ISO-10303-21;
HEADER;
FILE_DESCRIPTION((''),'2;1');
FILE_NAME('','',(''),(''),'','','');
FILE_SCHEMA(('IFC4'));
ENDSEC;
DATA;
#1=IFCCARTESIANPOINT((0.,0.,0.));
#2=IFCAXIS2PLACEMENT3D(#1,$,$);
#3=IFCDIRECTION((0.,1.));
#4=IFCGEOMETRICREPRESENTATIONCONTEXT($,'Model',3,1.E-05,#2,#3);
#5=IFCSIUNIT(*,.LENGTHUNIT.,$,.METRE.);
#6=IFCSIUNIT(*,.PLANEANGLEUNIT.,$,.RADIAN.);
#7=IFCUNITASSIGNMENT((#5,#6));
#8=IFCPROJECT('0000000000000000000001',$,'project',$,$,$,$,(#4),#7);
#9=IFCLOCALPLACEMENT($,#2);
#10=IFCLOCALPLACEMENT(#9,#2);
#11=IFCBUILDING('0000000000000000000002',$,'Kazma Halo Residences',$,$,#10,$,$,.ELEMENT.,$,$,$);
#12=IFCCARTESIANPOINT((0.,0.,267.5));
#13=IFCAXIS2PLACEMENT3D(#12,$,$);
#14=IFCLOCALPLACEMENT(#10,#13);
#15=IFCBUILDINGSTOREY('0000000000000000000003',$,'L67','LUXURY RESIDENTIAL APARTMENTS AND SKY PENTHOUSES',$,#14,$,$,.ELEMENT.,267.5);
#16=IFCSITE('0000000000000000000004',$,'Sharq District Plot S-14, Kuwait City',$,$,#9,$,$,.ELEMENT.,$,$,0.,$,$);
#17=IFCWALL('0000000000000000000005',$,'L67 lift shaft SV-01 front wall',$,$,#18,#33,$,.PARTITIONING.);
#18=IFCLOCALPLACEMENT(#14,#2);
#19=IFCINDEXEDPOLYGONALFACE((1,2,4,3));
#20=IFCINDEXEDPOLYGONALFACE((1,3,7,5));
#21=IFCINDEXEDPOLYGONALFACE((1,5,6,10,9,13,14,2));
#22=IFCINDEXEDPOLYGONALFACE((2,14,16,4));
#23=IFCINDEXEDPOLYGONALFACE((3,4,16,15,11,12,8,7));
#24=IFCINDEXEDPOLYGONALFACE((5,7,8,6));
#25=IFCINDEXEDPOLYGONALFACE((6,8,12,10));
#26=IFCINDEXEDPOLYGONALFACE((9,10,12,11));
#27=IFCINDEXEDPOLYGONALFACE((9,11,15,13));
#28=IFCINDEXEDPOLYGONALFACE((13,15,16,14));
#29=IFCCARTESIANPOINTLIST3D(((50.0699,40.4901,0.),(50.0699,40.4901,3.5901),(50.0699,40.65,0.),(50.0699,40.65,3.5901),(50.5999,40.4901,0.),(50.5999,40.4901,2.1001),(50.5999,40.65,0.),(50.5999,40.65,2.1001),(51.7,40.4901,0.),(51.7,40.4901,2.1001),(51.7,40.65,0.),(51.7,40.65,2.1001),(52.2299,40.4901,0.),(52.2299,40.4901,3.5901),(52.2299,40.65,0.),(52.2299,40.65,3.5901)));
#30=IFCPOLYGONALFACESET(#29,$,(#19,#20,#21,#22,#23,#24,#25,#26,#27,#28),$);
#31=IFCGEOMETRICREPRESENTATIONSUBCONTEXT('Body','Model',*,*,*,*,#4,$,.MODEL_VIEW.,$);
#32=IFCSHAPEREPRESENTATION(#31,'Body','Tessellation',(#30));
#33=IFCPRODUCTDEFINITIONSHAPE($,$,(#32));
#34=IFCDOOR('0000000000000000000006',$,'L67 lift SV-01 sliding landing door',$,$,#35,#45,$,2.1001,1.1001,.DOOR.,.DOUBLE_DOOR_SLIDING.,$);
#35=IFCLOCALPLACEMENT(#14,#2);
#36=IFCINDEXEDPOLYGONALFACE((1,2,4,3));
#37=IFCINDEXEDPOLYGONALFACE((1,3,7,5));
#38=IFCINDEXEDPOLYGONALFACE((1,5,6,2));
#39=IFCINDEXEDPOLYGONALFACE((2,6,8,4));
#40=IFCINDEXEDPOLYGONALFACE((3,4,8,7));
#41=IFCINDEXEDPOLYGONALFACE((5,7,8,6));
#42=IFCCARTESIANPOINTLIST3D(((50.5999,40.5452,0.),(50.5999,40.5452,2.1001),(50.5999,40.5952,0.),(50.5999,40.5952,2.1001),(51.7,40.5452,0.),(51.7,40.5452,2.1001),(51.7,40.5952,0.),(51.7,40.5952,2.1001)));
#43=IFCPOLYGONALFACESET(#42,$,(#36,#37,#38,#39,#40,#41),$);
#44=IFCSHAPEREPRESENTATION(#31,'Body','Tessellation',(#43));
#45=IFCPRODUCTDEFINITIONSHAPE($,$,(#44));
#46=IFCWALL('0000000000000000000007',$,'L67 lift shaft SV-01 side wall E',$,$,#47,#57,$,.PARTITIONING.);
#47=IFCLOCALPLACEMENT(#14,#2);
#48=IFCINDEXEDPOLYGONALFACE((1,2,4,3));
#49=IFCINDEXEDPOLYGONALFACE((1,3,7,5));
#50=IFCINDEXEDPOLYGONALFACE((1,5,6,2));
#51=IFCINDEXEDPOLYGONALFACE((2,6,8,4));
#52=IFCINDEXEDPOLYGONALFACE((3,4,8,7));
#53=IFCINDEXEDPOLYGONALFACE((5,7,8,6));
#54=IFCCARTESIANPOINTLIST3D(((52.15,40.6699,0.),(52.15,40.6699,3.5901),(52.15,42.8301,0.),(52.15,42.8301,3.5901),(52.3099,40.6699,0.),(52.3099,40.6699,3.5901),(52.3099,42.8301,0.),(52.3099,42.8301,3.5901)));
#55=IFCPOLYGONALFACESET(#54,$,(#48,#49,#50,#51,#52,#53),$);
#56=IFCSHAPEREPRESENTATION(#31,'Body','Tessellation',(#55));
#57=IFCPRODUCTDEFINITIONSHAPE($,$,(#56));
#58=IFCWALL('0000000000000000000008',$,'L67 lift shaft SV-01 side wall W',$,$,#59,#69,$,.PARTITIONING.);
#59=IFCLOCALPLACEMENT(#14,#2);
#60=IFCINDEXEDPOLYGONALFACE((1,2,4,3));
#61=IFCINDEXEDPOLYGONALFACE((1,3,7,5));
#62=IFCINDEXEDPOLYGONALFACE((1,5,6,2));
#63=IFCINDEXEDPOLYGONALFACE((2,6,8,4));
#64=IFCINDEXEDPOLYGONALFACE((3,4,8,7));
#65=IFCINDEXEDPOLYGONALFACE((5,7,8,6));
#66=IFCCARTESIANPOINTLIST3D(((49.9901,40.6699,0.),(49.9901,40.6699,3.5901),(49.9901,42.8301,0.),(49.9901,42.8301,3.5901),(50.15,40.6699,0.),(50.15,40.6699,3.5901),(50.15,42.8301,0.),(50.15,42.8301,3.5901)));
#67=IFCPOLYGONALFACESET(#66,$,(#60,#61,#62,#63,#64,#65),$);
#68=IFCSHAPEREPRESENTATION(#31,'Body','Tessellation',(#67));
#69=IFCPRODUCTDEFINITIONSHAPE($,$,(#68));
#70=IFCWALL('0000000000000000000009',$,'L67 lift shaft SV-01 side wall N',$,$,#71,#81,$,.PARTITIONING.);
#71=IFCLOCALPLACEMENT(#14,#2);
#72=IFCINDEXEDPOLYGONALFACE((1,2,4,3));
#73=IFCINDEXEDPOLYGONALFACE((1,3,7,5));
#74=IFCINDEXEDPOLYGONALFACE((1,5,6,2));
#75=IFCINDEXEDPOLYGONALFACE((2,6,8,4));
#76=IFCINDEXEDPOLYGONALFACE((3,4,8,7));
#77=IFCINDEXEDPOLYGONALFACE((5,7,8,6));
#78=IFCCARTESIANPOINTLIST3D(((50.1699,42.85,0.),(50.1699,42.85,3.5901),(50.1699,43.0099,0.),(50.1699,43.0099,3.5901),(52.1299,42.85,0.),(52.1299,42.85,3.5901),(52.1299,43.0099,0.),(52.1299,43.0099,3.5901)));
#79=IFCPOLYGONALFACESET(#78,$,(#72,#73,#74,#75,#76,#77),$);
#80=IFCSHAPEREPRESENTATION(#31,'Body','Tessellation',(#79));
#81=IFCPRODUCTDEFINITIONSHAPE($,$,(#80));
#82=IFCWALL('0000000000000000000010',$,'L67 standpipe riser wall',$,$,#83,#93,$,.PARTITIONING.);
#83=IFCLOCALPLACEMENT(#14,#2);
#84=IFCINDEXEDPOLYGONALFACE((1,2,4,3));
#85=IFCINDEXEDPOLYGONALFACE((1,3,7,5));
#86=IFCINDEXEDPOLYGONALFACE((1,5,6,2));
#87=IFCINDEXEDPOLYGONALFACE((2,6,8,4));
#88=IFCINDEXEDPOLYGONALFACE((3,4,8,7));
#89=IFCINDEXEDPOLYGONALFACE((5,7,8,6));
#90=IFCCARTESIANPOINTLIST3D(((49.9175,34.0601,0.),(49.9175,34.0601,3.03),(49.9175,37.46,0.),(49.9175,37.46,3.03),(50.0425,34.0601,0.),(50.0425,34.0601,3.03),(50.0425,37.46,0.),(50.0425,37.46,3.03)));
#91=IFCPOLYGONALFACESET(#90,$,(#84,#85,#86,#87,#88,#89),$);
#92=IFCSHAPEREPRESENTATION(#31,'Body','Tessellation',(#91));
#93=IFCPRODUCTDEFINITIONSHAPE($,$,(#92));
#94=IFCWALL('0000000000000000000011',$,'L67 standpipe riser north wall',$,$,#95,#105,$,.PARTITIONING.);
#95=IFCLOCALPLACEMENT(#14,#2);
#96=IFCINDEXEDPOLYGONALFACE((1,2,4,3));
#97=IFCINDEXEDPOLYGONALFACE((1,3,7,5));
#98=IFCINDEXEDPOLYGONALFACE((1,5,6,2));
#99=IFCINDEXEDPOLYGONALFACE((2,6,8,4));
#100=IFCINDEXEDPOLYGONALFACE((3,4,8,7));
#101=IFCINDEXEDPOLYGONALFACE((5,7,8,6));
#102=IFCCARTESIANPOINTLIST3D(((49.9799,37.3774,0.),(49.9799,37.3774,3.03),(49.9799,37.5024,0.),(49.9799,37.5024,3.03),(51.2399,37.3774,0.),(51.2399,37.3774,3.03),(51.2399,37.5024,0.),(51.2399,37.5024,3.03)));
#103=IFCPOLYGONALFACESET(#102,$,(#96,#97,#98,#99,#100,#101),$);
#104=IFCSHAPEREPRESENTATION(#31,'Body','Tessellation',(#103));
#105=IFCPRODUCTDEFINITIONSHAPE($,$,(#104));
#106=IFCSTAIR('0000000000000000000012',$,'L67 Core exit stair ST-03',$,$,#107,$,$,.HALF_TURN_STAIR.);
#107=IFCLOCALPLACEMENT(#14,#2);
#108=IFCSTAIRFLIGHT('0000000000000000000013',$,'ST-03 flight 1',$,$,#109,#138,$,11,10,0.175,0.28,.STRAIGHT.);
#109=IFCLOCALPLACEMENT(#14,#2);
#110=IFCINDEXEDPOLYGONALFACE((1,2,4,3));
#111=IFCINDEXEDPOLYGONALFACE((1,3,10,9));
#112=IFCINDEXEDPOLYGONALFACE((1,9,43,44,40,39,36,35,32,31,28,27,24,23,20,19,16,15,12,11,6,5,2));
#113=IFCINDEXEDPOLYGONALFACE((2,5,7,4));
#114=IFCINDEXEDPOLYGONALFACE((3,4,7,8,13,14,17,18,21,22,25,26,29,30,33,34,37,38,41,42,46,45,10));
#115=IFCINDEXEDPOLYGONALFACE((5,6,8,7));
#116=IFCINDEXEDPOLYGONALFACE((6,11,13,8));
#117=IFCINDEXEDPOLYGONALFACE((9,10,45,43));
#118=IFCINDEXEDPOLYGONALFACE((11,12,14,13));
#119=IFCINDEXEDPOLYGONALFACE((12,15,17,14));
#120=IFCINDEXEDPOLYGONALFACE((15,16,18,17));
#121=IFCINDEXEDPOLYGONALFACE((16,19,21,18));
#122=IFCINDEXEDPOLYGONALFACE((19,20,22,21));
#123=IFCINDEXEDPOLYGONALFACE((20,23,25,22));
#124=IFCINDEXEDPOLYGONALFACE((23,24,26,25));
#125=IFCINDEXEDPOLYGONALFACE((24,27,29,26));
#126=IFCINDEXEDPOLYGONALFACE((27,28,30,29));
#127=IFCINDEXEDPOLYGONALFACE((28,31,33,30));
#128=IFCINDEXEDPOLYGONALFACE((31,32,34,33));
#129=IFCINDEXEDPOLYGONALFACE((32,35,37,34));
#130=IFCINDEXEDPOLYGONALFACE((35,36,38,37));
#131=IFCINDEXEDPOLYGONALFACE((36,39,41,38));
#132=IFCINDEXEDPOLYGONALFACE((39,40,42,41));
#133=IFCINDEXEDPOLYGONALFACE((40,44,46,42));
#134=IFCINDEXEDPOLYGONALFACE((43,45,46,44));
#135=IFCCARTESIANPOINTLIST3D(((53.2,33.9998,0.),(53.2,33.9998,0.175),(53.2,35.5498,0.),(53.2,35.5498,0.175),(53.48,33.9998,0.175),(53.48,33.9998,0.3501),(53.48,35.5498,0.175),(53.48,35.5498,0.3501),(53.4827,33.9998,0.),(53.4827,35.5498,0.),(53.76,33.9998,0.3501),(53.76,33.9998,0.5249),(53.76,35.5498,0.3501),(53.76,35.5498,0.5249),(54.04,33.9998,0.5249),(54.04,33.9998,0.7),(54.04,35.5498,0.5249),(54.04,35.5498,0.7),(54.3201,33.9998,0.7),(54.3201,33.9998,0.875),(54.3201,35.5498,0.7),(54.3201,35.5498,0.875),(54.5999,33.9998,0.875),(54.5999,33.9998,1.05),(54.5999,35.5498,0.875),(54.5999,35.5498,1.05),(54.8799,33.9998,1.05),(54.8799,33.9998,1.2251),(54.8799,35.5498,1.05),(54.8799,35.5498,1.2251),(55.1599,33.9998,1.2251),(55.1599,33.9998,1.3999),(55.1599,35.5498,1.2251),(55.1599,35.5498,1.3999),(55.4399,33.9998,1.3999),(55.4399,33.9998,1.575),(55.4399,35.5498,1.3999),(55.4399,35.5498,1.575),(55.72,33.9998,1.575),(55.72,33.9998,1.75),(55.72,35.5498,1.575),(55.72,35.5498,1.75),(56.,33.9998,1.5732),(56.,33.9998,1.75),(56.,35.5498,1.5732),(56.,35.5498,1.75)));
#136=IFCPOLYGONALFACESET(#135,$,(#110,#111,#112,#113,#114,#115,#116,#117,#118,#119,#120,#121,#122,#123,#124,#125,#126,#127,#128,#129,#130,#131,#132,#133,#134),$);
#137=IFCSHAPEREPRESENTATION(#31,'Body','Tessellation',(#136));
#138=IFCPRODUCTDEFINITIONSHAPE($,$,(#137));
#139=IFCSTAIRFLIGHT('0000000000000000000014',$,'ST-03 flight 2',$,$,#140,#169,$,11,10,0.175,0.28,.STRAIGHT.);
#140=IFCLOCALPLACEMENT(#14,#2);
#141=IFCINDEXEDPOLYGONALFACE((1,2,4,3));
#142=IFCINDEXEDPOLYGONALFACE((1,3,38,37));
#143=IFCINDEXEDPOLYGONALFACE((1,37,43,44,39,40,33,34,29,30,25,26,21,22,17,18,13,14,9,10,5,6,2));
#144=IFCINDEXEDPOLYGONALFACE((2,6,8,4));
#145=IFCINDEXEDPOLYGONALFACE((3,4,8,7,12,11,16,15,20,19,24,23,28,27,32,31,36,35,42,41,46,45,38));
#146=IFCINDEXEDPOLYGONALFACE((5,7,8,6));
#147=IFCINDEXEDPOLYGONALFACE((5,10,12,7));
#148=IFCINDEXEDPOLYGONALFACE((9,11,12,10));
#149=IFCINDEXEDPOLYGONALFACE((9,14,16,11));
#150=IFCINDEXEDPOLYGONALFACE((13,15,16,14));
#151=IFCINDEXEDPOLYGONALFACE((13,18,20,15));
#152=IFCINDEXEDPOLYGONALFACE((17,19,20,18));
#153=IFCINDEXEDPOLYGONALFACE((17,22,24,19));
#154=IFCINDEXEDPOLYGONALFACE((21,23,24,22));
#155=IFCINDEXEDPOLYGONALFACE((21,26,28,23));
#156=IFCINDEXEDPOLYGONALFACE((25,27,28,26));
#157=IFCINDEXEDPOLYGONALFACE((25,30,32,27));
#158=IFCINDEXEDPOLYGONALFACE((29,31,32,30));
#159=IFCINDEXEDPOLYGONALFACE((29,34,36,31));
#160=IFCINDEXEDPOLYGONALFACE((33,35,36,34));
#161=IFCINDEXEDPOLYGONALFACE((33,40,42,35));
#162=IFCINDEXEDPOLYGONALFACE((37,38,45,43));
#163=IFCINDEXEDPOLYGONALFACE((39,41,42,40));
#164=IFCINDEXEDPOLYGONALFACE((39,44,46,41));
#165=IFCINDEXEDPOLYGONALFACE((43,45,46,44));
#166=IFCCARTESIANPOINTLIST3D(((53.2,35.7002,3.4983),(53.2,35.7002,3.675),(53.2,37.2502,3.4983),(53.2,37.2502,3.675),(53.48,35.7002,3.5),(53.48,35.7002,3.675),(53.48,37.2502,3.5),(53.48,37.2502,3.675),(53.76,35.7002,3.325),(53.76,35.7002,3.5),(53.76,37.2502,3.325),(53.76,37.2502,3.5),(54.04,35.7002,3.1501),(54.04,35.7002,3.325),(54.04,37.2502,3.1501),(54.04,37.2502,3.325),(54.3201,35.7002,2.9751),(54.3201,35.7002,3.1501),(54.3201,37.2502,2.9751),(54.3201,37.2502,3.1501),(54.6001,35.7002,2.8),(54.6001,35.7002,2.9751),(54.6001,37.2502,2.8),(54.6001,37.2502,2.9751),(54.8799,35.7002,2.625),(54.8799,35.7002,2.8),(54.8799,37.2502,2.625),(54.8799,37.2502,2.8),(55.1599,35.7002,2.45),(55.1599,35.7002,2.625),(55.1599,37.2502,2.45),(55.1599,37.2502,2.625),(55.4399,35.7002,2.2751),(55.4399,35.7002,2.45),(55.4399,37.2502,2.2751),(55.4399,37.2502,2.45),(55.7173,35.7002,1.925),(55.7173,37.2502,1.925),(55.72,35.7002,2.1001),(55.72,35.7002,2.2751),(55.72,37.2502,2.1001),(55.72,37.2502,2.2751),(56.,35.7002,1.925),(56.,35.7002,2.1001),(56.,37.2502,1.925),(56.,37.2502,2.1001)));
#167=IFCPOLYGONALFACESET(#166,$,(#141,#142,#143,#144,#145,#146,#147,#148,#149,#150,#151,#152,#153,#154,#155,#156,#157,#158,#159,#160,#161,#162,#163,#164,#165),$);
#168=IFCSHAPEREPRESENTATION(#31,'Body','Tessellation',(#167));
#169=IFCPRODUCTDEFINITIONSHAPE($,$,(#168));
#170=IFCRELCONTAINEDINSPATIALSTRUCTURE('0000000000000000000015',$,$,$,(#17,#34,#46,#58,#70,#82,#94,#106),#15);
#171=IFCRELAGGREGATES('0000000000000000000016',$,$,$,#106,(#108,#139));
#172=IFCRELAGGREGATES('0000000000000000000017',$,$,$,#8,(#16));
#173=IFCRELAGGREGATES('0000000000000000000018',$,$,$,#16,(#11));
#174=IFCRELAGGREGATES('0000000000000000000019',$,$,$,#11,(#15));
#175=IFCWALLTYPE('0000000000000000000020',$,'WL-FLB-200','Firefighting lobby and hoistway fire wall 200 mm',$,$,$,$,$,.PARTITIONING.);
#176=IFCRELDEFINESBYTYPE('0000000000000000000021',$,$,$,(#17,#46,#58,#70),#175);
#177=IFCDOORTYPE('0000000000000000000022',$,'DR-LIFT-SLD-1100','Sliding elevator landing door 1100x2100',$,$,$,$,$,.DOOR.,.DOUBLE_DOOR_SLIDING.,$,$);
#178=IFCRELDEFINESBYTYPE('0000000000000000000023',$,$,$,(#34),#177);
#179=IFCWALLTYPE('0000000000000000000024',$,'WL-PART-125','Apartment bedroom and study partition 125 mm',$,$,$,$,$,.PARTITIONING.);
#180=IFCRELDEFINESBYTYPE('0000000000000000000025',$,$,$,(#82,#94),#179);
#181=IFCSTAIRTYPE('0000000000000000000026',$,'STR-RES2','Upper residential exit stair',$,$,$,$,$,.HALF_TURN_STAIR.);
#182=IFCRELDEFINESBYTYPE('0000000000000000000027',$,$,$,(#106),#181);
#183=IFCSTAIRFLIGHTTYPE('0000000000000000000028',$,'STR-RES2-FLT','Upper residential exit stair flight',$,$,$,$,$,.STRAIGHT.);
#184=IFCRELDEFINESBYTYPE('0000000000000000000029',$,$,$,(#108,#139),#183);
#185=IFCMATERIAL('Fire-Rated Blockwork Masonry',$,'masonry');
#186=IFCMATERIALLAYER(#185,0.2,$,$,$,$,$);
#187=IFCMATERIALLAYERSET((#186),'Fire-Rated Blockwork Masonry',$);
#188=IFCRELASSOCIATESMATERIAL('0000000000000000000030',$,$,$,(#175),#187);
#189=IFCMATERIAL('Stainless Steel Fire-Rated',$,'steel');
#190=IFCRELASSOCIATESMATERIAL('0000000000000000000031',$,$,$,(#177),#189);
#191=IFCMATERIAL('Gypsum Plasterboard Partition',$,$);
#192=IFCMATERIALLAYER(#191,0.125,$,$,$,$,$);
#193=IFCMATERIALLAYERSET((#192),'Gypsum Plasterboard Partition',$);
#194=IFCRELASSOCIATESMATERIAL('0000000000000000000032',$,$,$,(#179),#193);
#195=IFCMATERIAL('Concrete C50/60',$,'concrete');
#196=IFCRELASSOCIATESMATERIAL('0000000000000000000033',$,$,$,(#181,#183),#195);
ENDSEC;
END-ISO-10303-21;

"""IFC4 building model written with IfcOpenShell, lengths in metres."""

from ifc_helpers import new_model, si_unit, direction, frame, frame_2d, origin, place, context, subcontext, project, spatial, polyline, rectangle, outline, extrude, material, layer, layer_set, type_object, element, fill, aggregate, save


model = new_model("IFC4")

# Units and contexts
model_context = context("Model", 3, precision=1e-05, world=origin(), true_north=direction((0.0, 1.0)))
body_context = subcontext(model_context, "Body", "Model", "MODEL_VIEW")
ifc_project = project(units=[si_unit("LENGTHUNIT", "METRE"), si_unit("PLANEANGLEUNIT", "RADIAN")], contexts=[model_context])

# Site, building, storey
site_placement = place(None, origin())
site = spatial("IfcSite", under=ifc_project, at=site_placement, Name="Sharq District Plot S-14, Kuwait City", CompositionType="ELEMENT", RefElevation=0.0)
building_placement = place(site_placement, origin())
building = spatial("IfcBuilding", under=site, at=building_placement, Name="Kazma Halo Residences", CompositionType="ELEMENT")
storey_placement = place(building_placement, frame((0.0, 0.0, 267.5)))
storey = spatial("IfcBuildingStorey", under=building, at=storey_placement, Name="L67", Description="LUXURY RESIDENTIAL APARTMENTS AND SKY PENTHOUSES", CompositionType="ELEMENT", Elevation=267.5)

# Shared definitions
ifc_material_1 = material(Name="Fire-Rated Blockwork Masonry", Category="masonry")
ifc_layer_1 = layer(ifc_material_1, 0.2)
ifc_layer_set_1 = layer_set([ifc_layer_1], Name="Fire-Rated Blockwork Masonry")
wall_type_1 = type_object("IfcWallType", Name="WL-FLB-200", Description="Firefighting lobby and hoistway fire wall 200 mm", PredefinedType="PARTITIONING", material=ifc_layer_set_1)
ifc_material_2 = material(Name="Stainless Steel Fire-Rated", Category="steel")
door_type_1 = type_object("IfcDoorType", Name="DR-LIFT-SLD-1100", Description="Sliding elevator landing door 1100x2100", OperationType="DOUBLE_DOOR_SLIDING", PredefinedType="DOOR", material=ifc_material_2)

# Wall, opening, door
wall_1_placement = place(storey_placement, frame((52.23, 40.5701, 0.0), z_axis=(0.0, 0.0, 1.0), x_axis=(-1.0, 0.0, 0.0)))
wall_1 = element("IfcWall", 1, at=wall_1_placement, inside=storey, type_object=wall_type_1, Name="L67 lift shaft SV-01 front wall", PredefinedType="PARTITIONING", context=body_context, shape_type="SweptSolid", body=[
    extrude(rectangle(XDim=2.1599, YDim=0.1599, at=frame_2d((1.0801, 0.0))), origin(), (0.0, 0.0, 1.0), 3.5901),
])
opening_1_placement = place(wall_1_placement, frame((0.53, 0.0, 0.0)))
opening_1 = element("IfcOpeningElement", 2, at=opening_1_placement, cuts=wall_1, PredefinedType="OPENING", context=body_context, shape_type="SweptSolid", body=[
    extrude(rectangle(XDim=1.1001, YDim=2.1001, at=frame_2d((0.55, 1.05))), frame((0.0, 0.0898, 0.0), z_axis=(0.0, -1.0, 0.0), x_axis=(1.0, 0.0, 0.0)), (0.0, 0.0, 1.0), 0.1799),
])
door_1_placement = place(opening_1_placement, origin())
door_1 = element("IfcDoor", 3, at=door_1_placement, inside=storey, type_object=door_type_1, Name="L67 lift SV-01 sliding landing door", OperationType="DOUBLE_DOOR_SLIDING", OverallHeight=2.1001, OverallWidth=1.1001, PredefinedType="DOOR", context=body_context, shape_type="SweptSolid", body=[
    extrude(rectangle(XDim=1.1001, YDim=2.1001, at=frame_2d((0.55, 1.05))), frame((0.0, 0.0249, 0.0), z_axis=(0.0, -1.0, 0.0), x_axis=(1.0, 0.0, 0.0)), (0.0, 0.0, 1.0), 0.05),
])
fill(opening_1, door_1)

# Walls
for number, where, z_axis, x_axis, name in (
    (4, (52.23, 40.6699, 0.0), (0.0, 0.0, 1.0), (0.0, 1.0, 0.0), "L67 lift shaft SV-01 side wall E"),
    (5, (50.0701, 40.6699, 0.0), (0.0, 0.0, 1.0), (0.0, 1.0, 0.0), "L67 lift shaft SV-01 side wall W"),
):
    element("IfcWall", number, at=place(storey_placement, frame(where, z_axis=z_axis, x_axis=x_axis)), inside=storey, type_object=wall_type_1, Name=name, PredefinedType="PARTITIONING", context=body_context, shape_type="SweptSolid", body=[
        extrude(rectangle(XDim=2.1602, YDim=0.1599, at=frame_2d((1.0801, 0.0))), origin(), (0.0, 0.0, 1.0), 3.5901),
    ])
wall_2_placement = place(storey_placement, frame((50.1699, 42.9299, 0.0), z_axis=(0.0, 0.0, 1.0), x_axis=(1.0, 0.0, 0.0)))
element("IfcWall", 6, at=wall_2_placement, inside=storey, type_object=wall_type_1, Name="L67 lift shaft SV-01 side wall N", PredefinedType="PARTITIONING", context=body_context, shape_type="SweptSolid", body=[
    extrude(rectangle(XDim=1.96, YDim=0.1599, at=frame_2d((0.98, 0.0))), origin(), (0.0, 0.0, 1.0), 3.5901),
])
ifc_material_3 = material(Name="Gypsum Plasterboard Partition")
ifc_layer_2 = layer(ifc_material_3, 0.125)
ifc_layer_set_2 = layer_set([ifc_layer_2], Name="Gypsum Plasterboard Partition")
wall_type_2 = type_object("IfcWallType", Name="WL-PART-125", Description="Apartment bedroom and study partition 125 mm", PredefinedType="PARTITIONING", material=ifc_layer_set_2)
wall_3_placement = place(storey_placement, frame((49.98, 34.0601, 0.0), z_axis=(0.0, 0.0, 1.0), x_axis=(0.0, 1.0, 0.0)))
element("IfcWall", 7, at=wall_3_placement, inside=storey, type_object=wall_type_2, Name="L67 standpipe riser wall", PredefinedType="PARTITIONING", context=body_context, shape_type="SweptSolid", body=[
    extrude(rectangle(XDim=3.3999, YDim=0.125, at=frame_2d((1.7, 0.0))), origin(), (0.0, 0.0, 1.0), 3.03),
])
wall_4_placement = place(storey_placement, frame((49.98, 37.4399, 0.0), z_axis=(0.0, 0.0, 1.0), x_axis=(1.0, 0.0, 0.0)))
element("IfcWall", 8, at=wall_4_placement, inside=storey, type_object=wall_type_2, Name="L67 standpipe riser north wall", PredefinedType="PARTITIONING", context=body_context, shape_type="SweptSolid", body=[
    extrude(rectangle(XDim=1.26, YDim=0.125, at=frame_2d((0.6299, 0.0))), origin(), (0.0, 0.0, 1.0), 3.03),
])

# Shared definitions
ifc_material_4 = material(Name="Concrete C50/60", Category="concrete")

# Stair, stair flights
stair_type = type_object("IfcStairType", Name="STR-RES2", Description="Upper residential exit stair", PredefinedType="HALF_TURN_STAIR", material=ifc_material_4)
stair_placement = place(storey_placement, origin())
stair = element("IfcStair", 9, at=stair_placement, inside=storey, type_object=stair_type, Name="L67 Core exit stair ST-03", PredefinedType="HALF_TURN_STAIR")
stair_flight_type = type_object("IfcStairFlightType", Name="STR-RES2-FLT", Description="Upper residential exit stair flight", PredefinedType="STRAIGHT", material=ifc_material_4)
stair_flight_1_placement = place(storey_placement, frame((53.2, 34.7749, 0.0), z_axis=(0.0, 0.0, 1.0), x_axis=(1.0, 0.0, 0.0)))
stair_flight_1 = element("IfcStairFlight", 10, at=stair_flight_1_placement, type_object=stair_flight_type, Name="ST-03 flight 1", NumberOfRisers=11, NumberOfTreads=10, PredefinedType="STRAIGHT", RiserHeight=0.175, TreadLength=0.28, context=body_context, shape_type="SweptSolid", body=[
    extrude(outline(polyline([(0.0, 0.0), (0.0, 0.175), (0.28, 0.175), (0.28, 0.3501), (0.5601, 0.3501), (0.5601, 0.5249), (0.8401, 0.5249), (0.8401, 0.7), (1.1201, 0.7), (1.1201, 0.875), (1.3999, 0.875), (1.3999, 1.05), (1.6799, 1.05), (1.6799, 1.2251), (1.96, 1.2251), (1.96, 1.3999), (2.24, 1.3999), (2.24, 1.575), (2.52, 1.575), (2.52, 1.75), (2.8, 1.75), (2.8, 1.925), (2.8, 1.5732), (0.2827, 0.0), (0.0, 0.0)])), frame((0.0, 0.7749, 0.0), z_axis=(0.0, -1.0, 0.0), x_axis=(1.0, 0.0, 0.0)), (0.0, 0.0, 1.0), 1.55),
])
stair_flight_2_placement = place(storey_placement, frame((56.0, 36.4751, 1.925), z_axis=(0.0, 0.0, 1.0), x_axis=(-1.0, 0.0, 0.0)))
stair_flight_2 = element("IfcStairFlight", 11, at=stair_flight_2_placement, type_object=stair_flight_type, Name="ST-03 flight 2", NumberOfRisers=11, NumberOfTreads=10, PredefinedType="STRAIGHT", RiserHeight=0.175, TreadLength=0.28, context=body_context, shape_type="SweptSolid", body=[
    extrude(outline(polyline([(0.0, 0.0), (0.0, 0.175), (0.28, 0.175), (0.28, 0.3501), (0.5601, 0.3501), (0.5601, 0.5249), (0.8401, 0.5249), (0.8401, 0.7), (1.1201, 0.7), (1.1201, 0.875), (1.3999, 0.875), (1.3999, 1.05), (1.6799, 1.05), (1.6799, 1.2251), (1.96, 1.2251), (1.96, 1.3999), (2.24, 1.3999), (2.24, 1.575), (2.52, 1.575), (2.52, 1.75), (2.8, 1.75), (2.8, 1.925), (2.8, 1.5732), (0.2827, 0.0), (0.0, 0.0)])), frame((0.0, 0.7749, 0.0), z_axis=(0.0, -1.0, 0.0), x_axis=(1.0, 0.0, 0.0)), (0.0, 0.0, 1.0), 1.55),
])
aggregate(stair, [stair_flight_1, stair_flight_2])

save(model, "model.ifc")
